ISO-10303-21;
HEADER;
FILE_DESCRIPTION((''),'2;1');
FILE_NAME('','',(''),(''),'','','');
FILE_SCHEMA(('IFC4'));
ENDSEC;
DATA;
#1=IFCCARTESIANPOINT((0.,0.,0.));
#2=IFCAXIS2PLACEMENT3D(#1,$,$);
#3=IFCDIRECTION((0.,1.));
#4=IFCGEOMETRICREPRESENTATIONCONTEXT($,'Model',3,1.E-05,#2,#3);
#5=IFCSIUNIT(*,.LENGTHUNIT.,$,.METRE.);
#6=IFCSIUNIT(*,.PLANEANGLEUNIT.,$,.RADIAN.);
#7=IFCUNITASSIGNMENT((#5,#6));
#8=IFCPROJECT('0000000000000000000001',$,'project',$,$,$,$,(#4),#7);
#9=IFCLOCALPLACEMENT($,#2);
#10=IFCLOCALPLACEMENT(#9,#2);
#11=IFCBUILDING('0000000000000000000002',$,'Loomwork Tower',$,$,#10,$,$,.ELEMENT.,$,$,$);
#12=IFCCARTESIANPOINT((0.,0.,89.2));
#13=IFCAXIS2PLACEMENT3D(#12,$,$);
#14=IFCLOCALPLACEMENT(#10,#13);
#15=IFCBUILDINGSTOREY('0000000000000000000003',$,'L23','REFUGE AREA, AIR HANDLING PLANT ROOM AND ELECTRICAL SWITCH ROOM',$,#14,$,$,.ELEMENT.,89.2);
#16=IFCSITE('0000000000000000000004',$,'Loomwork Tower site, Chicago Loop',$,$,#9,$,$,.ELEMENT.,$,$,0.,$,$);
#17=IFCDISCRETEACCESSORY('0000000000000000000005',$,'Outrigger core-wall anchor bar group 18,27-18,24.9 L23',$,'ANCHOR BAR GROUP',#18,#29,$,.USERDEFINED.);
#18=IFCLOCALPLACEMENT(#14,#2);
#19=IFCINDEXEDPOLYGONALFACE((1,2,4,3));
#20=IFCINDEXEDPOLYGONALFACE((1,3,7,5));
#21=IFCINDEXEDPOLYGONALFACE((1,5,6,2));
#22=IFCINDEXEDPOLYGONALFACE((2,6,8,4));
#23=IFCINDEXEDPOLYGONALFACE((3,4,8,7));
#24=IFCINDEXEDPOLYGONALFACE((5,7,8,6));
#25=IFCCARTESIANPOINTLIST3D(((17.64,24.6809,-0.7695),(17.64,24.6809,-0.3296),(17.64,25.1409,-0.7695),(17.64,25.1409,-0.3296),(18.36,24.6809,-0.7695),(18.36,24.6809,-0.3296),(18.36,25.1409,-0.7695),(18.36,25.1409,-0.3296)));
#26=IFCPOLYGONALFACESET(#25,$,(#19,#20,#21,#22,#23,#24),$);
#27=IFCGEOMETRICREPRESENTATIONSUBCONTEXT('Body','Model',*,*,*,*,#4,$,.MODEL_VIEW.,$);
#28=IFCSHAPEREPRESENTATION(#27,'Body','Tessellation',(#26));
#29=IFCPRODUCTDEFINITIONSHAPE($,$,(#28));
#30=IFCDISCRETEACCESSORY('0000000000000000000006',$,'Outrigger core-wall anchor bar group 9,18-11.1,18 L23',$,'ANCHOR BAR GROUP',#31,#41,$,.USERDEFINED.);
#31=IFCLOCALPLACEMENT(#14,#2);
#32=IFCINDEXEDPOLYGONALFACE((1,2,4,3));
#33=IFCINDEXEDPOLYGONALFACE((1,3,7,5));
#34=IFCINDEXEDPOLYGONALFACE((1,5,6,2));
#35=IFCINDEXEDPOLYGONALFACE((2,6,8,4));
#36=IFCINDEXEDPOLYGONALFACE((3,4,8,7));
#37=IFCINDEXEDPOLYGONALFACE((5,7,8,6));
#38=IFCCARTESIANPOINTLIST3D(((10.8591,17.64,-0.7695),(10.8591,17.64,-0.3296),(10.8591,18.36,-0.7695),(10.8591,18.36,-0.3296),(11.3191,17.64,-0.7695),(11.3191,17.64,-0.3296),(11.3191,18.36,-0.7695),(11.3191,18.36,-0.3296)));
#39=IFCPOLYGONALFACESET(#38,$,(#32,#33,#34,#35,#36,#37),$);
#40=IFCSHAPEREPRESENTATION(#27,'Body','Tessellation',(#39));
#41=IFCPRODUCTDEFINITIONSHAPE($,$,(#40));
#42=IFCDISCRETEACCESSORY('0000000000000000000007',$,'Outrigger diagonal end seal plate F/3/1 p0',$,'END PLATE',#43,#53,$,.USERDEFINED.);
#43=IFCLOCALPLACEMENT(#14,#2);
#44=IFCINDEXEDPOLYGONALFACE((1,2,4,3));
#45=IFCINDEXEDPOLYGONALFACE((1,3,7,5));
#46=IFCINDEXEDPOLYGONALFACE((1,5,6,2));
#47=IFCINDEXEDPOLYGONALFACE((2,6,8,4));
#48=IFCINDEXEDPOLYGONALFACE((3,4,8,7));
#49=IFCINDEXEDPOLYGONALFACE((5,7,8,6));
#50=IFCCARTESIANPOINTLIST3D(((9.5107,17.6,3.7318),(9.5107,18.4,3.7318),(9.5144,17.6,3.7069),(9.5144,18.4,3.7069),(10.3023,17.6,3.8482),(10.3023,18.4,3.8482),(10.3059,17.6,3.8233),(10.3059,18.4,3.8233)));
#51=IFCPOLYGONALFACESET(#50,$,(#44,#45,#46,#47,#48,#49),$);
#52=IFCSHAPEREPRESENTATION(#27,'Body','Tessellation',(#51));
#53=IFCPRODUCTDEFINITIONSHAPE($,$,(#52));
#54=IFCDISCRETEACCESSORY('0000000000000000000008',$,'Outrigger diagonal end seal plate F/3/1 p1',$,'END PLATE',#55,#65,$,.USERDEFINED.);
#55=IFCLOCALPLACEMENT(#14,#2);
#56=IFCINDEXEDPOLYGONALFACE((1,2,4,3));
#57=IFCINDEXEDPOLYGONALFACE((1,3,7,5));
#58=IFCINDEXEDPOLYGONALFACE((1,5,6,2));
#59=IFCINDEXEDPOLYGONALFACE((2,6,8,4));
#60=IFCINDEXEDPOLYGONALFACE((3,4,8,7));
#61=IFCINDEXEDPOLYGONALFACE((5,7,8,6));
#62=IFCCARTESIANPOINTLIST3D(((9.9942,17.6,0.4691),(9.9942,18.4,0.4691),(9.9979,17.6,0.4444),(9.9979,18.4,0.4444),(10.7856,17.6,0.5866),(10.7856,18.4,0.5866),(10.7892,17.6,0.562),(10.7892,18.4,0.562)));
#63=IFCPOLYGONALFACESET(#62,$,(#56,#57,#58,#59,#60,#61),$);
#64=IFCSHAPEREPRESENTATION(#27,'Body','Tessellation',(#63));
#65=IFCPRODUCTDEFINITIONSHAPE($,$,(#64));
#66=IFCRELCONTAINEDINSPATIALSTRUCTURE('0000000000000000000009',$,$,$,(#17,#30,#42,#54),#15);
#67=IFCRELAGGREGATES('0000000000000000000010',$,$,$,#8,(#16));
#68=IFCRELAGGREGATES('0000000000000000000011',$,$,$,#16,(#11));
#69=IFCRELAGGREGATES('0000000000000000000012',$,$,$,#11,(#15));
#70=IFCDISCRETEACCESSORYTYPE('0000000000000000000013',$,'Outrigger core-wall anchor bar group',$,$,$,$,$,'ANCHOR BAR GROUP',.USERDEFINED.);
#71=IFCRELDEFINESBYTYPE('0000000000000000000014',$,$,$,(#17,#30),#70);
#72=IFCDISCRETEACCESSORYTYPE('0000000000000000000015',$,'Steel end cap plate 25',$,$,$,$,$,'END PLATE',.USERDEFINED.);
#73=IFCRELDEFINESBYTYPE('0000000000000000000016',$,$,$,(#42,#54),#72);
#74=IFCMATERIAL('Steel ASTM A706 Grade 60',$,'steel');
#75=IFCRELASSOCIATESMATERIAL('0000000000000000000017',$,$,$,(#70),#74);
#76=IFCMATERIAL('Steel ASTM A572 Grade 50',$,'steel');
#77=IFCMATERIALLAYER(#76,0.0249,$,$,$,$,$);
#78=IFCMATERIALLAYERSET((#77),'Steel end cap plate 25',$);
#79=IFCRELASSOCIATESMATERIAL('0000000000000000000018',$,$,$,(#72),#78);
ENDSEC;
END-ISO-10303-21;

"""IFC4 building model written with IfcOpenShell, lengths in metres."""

from ifc_helpers import new_model, si_unit, direction, frame, origin, origin_2d, place, context, subcontext, project, spatial, rectangle, extrude, material, layer, layer_set, type_object, element, save


model = new_model("IFC4")

# Units and contexts
model_context = context("Model", 3, precision=1e-05, world=origin(), true_north=direction((0.0, 1.0)))
body_context = subcontext(model_context, "Body", "Model", "MODEL_VIEW")
ifc_project = project(units=[si_unit("LENGTHUNIT", "METRE"), si_unit("PLANEANGLEUNIT", "RADIAN")], contexts=[model_context])

# Site, building, storey
site_placement = place(None, origin())
site = spatial("IfcSite", under=ifc_project, at=site_placement, Name="Loomwork Tower site, Chicago Loop", CompositionType="ELEMENT", RefElevation=0.0)
building_placement = place(site_placement, origin())
building = spatial("IfcBuilding", under=site, at=building_placement, Name="Loomwork Tower", CompositionType="ELEMENT")
storey_placement = place(building_placement, frame((0.0, 0.0, 89.2)))
storey = spatial("IfcBuildingStorey", under=building, at=storey_placement, Name="L23", Description="REFUGE AREA, AIR HANDLING PLANT ROOM AND ELECTRICAL SWITCH ROOM", CompositionType="ELEMENT", Elevation=89.2)

# Discrete accessories
ifc_material_1 = material(Name="Steel ASTM A706 Grade 60", Category="steel")
discrete_accessory_type_1 = type_object("IfcDiscreteAccessoryType", Name="Outrigger core-wall anchor bar group", ElementType="ANCHOR BAR GROUP", PredefinedType="USERDEFINED", material=ifc_material_1)
discrete_accessory_1_placement = place(storey_placement, frame((18.0, 24.9109, -0.7695), z_axis=(0.0, 0.0, 1.0), x_axis=(1.0, 0.0, 0.0)))
element("IfcDiscreteAccessory", 1, at=discrete_accessory_1_placement, inside=storey, type_object=discrete_accessory_type_1, Name="Outrigger core-wall anchor bar group 18,27-18,24.9 L23", ObjectType="ANCHOR BAR GROUP", PredefinedType="USERDEFINED", context=body_context, shape_type="SweptSolid", body=[
    extrude(rectangle(XDim=0.72, YDim=0.46, at=origin_2d()), origin(), (0.0, 0.0, 1.0), 0.4399),
])
discrete_accessory_2_placement = place(storey_placement, frame((11.0891, 18.0, -0.7695), z_axis=(0.0, 0.0, 1.0), x_axis=(1.0, 0.0, 0.0)))
element("IfcDiscreteAccessory", 2, at=discrete_accessory_2_placement, inside=storey, type_object=discrete_accessory_type_1, Name="Outrigger core-wall anchor bar group 9,18-11.1,18 L23", ObjectType="ANCHOR BAR GROUP", PredefinedType="USERDEFINED", context=body_context, shape_type="SweptSolid", body=[
    extrude(rectangle(XDim=0.46, YDim=0.72, at=origin_2d()), origin(), (0.0, 0.0, 1.0), 0.4399),
])
ifc_material_2 = material(Name="Steel ASTM A572 Grade 50", Category="steel")
ifc_layer_1 = layer(ifc_material_2, 0.0249)
ifc_layer_set_1 = layer_set([ifc_layer_1], Name="Steel end cap plate 25")
discrete_accessory_type_2 = type_object("IfcDiscreteAccessoryType", Name="Steel end cap plate 25", ElementType="END PLATE", PredefinedType="USERDEFINED", material=ifc_layer_set_1)
discrete_accessory_3_placement = place(storey_placement, frame((9.9102, 18.0, 3.7651), z_axis=(-0.145494, 0.0, 0.989359), x_axis=(0.0, -1.0, 0.0)))
element("IfcDiscreteAccessory", 3, at=discrete_accessory_3_placement, inside=storey, type_object=discrete_accessory_type_2, Name="Outrigger diagonal end seal plate F/3/1 p0", ObjectType="END PLATE", PredefinedType="USERDEFINED", context=body_context, shape_type="SweptSolid", body=[
    extrude(rectangle(XDim=0.8, YDim=0.8, at=origin_2d()), origin(), (0.0, 0.0, 1.0), 0.0251),
])
discrete_accessory_4_placement = place(storey_placement, frame((10.3899, 18.0, 0.5278), z_axis=(0.146904, 0.0, -0.989151), x_axis=(0.0, 1.0, 0.0)))
element("IfcDiscreteAccessory", 4, at=discrete_accessory_4_placement, inside=storey, type_object=discrete_accessory_type_2, Name="Outrigger diagonal end seal plate F/3/1 p1", ObjectType="END PLATE", PredefinedType="USERDEFINED", context=body_context, shape_type="SweptSolid", body=[
    extrude(rectangle(XDim=0.8, YDim=0.8, at=origin_2d()), origin(), (0.0, 0.0, 1.0), 0.0249),
])

save(model, "model.ifc")
